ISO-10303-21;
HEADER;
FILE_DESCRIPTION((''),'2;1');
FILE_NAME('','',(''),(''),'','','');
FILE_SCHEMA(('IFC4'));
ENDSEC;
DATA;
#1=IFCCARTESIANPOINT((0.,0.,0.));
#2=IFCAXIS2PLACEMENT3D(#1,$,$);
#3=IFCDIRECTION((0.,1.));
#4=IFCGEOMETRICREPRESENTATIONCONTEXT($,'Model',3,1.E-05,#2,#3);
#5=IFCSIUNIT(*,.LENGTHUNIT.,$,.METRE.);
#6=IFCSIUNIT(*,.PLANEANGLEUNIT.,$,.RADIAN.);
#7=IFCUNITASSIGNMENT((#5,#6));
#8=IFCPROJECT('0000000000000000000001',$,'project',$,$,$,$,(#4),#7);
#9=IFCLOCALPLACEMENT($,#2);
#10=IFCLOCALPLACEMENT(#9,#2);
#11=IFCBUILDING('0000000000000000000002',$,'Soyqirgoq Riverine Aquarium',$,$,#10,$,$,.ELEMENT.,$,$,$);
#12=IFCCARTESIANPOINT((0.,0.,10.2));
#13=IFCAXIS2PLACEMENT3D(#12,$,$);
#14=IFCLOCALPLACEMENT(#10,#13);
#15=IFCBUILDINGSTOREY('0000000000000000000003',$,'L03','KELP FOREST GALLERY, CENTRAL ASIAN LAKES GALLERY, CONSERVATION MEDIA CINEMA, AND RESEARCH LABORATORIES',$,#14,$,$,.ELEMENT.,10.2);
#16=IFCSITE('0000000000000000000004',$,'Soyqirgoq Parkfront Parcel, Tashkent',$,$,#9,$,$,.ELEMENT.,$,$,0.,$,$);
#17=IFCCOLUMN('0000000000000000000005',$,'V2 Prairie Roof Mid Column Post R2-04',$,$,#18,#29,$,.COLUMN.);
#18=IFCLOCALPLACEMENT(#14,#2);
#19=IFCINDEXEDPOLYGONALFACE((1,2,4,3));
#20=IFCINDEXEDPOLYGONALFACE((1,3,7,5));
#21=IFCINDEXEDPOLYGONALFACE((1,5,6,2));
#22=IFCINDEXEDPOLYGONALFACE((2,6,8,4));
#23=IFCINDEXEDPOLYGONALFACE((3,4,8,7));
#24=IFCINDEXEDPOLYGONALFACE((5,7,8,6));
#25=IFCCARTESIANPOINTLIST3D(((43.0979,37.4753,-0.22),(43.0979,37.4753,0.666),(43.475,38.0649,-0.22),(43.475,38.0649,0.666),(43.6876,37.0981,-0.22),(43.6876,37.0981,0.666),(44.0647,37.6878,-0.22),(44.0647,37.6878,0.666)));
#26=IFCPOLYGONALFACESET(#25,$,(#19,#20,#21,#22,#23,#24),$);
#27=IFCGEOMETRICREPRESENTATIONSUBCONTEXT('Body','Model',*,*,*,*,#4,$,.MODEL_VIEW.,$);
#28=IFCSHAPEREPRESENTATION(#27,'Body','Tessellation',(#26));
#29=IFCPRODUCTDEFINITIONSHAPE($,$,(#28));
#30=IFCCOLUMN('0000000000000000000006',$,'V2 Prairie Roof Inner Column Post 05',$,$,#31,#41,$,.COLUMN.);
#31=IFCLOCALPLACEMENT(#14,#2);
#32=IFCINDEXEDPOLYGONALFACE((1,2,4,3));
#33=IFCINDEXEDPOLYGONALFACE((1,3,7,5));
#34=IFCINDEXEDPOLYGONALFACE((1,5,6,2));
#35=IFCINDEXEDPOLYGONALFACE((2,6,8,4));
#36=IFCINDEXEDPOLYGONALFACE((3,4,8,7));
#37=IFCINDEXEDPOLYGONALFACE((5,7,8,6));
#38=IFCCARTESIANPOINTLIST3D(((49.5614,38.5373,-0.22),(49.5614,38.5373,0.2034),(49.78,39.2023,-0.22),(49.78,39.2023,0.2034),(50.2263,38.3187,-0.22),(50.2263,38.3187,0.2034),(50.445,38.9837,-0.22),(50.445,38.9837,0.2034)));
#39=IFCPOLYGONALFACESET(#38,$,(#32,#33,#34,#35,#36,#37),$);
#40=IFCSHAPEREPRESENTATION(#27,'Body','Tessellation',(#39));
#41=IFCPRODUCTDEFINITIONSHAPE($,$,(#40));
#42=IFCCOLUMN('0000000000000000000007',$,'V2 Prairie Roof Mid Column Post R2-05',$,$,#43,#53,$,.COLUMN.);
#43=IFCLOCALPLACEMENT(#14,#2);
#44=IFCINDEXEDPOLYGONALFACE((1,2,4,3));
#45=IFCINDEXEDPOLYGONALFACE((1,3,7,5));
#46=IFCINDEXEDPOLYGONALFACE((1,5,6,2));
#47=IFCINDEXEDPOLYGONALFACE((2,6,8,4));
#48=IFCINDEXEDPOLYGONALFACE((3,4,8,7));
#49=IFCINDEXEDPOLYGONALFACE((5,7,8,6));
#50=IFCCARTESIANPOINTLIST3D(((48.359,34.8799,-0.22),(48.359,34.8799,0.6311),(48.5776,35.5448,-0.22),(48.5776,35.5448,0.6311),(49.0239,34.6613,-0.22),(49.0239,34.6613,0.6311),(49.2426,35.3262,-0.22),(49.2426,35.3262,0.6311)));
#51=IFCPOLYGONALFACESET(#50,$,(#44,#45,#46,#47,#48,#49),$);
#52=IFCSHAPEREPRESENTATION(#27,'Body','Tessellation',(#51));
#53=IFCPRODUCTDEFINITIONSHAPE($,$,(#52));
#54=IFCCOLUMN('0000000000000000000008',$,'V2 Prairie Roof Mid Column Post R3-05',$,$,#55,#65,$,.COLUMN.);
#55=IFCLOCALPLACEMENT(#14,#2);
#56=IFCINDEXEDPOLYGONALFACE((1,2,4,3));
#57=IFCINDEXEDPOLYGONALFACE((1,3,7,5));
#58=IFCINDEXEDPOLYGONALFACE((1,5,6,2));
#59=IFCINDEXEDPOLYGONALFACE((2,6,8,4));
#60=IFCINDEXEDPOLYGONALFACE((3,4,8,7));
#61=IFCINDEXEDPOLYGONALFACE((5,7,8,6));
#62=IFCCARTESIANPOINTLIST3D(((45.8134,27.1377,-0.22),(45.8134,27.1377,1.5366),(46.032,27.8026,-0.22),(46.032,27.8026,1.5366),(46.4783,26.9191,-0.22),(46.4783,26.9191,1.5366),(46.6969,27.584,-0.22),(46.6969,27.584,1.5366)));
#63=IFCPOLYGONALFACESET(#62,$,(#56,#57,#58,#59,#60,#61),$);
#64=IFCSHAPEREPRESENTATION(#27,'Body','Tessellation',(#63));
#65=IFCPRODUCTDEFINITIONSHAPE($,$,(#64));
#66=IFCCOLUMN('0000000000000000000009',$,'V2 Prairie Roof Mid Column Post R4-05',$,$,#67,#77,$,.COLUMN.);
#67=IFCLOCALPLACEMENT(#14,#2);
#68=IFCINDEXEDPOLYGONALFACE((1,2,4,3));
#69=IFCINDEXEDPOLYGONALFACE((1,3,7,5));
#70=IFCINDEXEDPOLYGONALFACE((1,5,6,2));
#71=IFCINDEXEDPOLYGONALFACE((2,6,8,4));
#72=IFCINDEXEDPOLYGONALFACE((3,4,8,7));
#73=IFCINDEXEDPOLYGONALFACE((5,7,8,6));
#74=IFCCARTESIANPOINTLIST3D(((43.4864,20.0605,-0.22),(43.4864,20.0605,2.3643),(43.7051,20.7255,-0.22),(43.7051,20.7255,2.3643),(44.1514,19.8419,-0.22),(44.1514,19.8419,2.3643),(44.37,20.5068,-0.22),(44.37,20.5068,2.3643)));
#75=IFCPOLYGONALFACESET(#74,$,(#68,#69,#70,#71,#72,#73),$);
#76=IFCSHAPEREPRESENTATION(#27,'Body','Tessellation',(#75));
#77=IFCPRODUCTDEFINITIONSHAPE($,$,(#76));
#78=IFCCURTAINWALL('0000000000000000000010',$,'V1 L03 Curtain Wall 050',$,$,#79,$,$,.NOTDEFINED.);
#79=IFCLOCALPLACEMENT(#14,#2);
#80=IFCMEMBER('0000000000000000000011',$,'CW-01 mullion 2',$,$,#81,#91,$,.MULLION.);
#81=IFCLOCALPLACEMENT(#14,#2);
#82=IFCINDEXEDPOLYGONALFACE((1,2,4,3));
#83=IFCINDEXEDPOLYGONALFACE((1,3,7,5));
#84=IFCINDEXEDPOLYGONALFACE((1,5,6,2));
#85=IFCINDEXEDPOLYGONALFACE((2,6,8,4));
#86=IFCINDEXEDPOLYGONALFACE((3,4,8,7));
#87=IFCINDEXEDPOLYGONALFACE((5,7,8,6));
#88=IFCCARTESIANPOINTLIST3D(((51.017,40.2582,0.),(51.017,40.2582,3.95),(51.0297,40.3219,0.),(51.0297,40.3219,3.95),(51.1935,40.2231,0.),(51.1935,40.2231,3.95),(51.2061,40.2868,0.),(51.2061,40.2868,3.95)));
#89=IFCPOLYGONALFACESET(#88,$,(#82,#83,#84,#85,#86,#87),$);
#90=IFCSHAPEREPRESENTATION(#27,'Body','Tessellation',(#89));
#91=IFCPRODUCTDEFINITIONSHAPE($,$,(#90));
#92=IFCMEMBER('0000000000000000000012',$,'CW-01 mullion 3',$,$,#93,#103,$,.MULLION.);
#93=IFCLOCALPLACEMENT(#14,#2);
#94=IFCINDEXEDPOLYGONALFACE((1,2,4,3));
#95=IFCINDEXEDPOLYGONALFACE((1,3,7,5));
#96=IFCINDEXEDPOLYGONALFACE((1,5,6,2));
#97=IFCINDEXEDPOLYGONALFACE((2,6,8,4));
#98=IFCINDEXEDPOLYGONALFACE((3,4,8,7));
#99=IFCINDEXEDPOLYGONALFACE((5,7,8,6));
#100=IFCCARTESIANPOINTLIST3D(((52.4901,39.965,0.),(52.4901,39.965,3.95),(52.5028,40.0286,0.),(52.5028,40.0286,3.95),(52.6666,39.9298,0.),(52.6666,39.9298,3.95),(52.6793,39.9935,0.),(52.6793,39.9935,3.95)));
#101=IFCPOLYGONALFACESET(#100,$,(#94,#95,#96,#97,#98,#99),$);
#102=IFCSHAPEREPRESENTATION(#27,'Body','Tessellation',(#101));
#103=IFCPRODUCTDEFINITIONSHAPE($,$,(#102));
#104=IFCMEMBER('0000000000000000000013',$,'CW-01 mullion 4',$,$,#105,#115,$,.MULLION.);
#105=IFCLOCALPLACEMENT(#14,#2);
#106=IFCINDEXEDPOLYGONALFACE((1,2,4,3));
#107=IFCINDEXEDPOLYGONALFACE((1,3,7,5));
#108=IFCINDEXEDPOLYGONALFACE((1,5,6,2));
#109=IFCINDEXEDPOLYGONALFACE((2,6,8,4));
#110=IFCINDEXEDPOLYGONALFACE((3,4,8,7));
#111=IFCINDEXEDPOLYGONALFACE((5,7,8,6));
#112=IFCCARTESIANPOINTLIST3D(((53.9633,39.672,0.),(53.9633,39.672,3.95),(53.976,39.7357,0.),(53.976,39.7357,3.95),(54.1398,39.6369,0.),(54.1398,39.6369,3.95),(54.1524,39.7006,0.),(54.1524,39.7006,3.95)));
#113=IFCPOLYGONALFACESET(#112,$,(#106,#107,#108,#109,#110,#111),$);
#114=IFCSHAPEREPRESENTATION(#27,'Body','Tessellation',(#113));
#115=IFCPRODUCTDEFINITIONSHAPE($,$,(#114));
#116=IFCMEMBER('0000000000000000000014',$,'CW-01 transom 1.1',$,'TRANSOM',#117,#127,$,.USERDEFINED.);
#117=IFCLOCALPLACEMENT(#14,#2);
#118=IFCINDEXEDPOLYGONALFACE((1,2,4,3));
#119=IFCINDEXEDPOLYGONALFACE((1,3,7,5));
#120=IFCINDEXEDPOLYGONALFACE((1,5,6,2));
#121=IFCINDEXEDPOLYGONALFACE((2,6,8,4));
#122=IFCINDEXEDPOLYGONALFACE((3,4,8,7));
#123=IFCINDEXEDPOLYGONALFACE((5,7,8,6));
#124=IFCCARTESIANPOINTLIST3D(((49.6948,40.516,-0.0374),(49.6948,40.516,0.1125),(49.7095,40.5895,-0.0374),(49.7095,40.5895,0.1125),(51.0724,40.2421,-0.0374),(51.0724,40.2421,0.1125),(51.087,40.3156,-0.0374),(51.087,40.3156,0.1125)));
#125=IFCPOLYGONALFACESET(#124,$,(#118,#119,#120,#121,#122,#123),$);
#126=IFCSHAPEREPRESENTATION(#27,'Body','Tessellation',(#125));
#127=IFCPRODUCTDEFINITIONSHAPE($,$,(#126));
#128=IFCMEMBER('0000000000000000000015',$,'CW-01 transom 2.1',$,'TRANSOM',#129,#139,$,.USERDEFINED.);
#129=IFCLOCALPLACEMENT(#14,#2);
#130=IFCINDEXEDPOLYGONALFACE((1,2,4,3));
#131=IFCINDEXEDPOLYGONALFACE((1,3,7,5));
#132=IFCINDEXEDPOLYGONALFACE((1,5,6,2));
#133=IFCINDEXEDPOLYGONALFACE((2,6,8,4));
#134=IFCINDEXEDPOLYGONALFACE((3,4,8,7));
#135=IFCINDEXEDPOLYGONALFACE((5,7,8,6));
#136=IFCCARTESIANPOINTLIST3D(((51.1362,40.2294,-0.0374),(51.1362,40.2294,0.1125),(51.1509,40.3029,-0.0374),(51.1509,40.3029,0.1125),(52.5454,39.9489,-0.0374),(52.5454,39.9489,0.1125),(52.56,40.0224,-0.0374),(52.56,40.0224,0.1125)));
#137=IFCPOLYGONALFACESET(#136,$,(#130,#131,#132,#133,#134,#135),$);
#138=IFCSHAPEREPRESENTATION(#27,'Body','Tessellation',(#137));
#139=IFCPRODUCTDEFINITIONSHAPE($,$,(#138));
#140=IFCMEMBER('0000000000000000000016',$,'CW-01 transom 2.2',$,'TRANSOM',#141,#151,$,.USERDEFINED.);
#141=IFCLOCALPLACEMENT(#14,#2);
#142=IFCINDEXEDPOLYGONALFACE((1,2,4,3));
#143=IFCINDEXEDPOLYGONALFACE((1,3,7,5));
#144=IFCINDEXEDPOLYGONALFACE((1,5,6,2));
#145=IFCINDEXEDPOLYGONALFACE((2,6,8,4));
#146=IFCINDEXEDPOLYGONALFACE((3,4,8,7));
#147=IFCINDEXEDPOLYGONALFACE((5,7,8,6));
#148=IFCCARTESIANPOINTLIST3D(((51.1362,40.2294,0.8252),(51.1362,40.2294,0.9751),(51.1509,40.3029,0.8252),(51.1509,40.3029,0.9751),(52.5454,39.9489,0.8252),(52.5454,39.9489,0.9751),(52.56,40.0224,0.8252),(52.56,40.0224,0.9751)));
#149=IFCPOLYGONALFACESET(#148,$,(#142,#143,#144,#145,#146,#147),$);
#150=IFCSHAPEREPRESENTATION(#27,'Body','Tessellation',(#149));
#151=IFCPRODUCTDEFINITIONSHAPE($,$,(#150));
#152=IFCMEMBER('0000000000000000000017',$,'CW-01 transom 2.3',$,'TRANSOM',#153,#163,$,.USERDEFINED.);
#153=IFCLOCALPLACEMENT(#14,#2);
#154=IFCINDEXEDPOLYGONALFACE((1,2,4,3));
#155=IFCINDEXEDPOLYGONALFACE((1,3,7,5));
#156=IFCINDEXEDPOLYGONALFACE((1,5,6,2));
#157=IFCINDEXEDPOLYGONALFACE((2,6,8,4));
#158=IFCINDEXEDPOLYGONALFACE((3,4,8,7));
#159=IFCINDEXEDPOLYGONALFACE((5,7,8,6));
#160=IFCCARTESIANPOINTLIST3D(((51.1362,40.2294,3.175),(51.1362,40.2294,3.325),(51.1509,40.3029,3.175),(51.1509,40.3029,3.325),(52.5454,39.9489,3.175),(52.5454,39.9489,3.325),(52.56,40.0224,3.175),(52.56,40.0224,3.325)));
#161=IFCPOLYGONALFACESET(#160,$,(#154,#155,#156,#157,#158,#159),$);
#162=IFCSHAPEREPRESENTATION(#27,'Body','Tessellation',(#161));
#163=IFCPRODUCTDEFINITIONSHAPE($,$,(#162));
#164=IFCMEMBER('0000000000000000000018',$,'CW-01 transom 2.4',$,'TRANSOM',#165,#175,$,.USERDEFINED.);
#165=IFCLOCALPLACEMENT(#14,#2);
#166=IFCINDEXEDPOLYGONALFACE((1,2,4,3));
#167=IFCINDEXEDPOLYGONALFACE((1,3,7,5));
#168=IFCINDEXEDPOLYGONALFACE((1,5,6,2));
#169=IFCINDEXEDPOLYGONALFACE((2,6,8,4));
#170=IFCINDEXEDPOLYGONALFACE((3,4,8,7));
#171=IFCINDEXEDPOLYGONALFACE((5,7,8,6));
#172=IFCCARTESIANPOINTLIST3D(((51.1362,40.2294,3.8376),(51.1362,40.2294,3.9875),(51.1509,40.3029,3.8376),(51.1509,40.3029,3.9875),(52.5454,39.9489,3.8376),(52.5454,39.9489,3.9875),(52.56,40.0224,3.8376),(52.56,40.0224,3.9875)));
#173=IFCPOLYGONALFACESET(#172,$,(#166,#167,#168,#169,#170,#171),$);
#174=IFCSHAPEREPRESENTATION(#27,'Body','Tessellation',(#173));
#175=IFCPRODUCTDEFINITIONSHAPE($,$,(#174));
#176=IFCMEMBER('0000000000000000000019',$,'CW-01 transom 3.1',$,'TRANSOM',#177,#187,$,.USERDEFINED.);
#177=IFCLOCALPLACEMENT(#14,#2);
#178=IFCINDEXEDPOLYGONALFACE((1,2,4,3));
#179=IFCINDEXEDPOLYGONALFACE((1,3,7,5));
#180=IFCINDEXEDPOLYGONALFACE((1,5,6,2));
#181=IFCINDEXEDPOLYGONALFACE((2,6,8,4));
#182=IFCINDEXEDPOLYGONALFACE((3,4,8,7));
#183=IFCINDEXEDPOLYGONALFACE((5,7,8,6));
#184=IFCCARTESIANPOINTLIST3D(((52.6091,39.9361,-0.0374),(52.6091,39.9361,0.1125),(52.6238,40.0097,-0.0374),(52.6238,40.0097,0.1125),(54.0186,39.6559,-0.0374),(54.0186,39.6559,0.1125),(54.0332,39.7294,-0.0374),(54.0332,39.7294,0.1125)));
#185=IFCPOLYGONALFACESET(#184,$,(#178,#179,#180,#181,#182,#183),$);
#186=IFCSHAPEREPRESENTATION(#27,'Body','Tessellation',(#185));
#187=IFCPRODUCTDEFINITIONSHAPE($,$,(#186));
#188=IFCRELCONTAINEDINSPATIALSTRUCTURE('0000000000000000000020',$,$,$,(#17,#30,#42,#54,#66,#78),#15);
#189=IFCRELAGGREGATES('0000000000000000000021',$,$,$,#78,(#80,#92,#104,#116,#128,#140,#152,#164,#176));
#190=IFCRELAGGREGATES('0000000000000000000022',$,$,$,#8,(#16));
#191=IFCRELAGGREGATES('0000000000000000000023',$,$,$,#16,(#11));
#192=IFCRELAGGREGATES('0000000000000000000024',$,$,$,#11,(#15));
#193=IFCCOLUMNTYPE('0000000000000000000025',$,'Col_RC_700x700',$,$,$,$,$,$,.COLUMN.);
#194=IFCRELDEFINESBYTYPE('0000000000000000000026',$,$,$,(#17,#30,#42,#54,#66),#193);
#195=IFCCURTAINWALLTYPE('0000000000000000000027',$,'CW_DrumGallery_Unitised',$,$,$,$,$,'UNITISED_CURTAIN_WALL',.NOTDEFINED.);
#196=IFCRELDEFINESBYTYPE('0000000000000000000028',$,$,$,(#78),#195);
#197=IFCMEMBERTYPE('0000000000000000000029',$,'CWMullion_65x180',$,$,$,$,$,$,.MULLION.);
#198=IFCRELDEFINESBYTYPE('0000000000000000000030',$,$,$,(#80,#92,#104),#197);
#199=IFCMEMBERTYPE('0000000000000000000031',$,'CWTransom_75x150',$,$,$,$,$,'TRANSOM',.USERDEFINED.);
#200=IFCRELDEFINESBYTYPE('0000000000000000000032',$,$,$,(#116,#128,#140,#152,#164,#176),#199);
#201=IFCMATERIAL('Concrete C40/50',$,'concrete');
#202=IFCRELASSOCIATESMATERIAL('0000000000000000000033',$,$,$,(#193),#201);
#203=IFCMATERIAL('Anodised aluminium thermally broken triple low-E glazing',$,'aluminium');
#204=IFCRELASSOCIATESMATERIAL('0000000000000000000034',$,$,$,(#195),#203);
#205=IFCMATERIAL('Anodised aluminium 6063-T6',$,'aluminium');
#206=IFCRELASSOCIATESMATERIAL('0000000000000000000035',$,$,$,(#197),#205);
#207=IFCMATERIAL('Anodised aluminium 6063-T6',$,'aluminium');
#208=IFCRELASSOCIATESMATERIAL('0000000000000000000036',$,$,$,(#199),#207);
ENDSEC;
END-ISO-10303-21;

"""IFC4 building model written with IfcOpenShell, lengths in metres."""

from ifc_helpers import new_model, si_unit, direction, frame, origin, origin_2d, place, context, subcontext, project, spatial, rectangle, extrude, material, material_profile, profile_set, type_object, element, aggregate, save


model = new_model("IFC4")

# Units and contexts
model_context = context("Model", 3, precision=1e-05, world=origin(), true_north=direction((0.0, 1.0)))
body_context = subcontext(model_context, "Body", "Model", "MODEL_VIEW")
ifc_project = project(units=[si_unit("LENGTHUNIT", "METRE"), si_unit("PLANEANGLEUNIT", "RADIAN")], contexts=[model_context])

# Site, building, storey
site_placement = place(None, origin())
site = spatial("IfcSite", under=ifc_project, at=site_placement, Name="Soyqirgoq Parkfront Parcel, Tashkent", CompositionType="ELEMENT", RefElevation=0.0)
building_placement = place(site_placement, origin())
building = spatial("IfcBuilding", under=site, at=building_placement, Name="Soyqirgoq Riverine Aquarium", CompositionType="ELEMENT")
storey_placement = place(building_placement, frame((0.0, 0.0, 10.2)))
storey = spatial("IfcBuildingStorey", under=building, at=storey_placement, Name="L03", Description="KELP FOREST GALLERY, CENTRAL ASIAN LAKES GALLERY, CONSERVATION MEDIA CINEMA, AND RESEARCH LABORATORIES", CompositionType="ELEMENT", Elevation=10.2)

# Columns
ifc_material_1 = material(Name="Concrete C40/50", Category="concrete")
ifc_material_profile_1 = material_profile(ifc_material_1, rectangle(XDim=0.7, YDim=0.7, at=origin_2d()), Name="RC 700x700")
ifc_profile_set_1 = profile_set([ifc_material_profile_1], Name="Concrete C40/50")
column_type = type_object("IfcColumnType", Name="Col_RC_700x700", PredefinedType="COLUMN", material=ifc_profile_set_1)
column_1_placement = place(storey_placement, frame((43.5813, 37.5815, -0.22), z_axis=(0.0, 0.0, 1.0), x_axis=(-0.538771, -0.842452, 0.0)))
element("IfcColumn", 1, at=column_1_placement, inside=storey, type_object=column_type, Name="V2 Prairie Roof Mid Column Post R2-04", PredefinedType="COLUMN", context=body_context, shape_type="SweptSolid", body=[
    extrude(rectangle(XDim=0.7, YDim=0.7, at=origin_2d()), origin(), (0.0, 0.0, 1.0), 0.886),
])
column_2_placement = place(storey_placement, frame((50.0032, 38.7605, -0.22), z_axis=(0.0, 0.0, 1.0), x_axis=(-0.312335, -0.949972, 0.0)))
element("IfcColumn", 2, at=column_2_placement, inside=storey, type_object=column_type, Name="V2 Prairie Roof Inner Column Post 05", PredefinedType="COLUMN", context=body_context, shape_type="SweptSolid", body=[
    extrude(rectangle(XDim=0.7, YDim=0.7, at=origin_2d()), origin(), (0.0, 0.0, 1.0), 0.4233),
])
column_3_placement = place(storey_placement, frame((48.8008, 35.103, -0.22), z_axis=(0.0, 0.0, 1.0), x_axis=(-0.312335, -0.949972, 0.0)))
element("IfcColumn", 3, at=column_3_placement, inside=storey, type_object=column_type, Name="V2 Prairie Roof Mid Column Post R2-05", PredefinedType="COLUMN", context=body_context, shape_type="SweptSolid", body=[
    extrude(rectangle(XDim=0.7, YDim=0.7, at=origin_2d()), origin(), (0.0, 0.0, 1.0), 0.8511),
])
column_4_placement = place(storey_placement, frame((46.2551, 27.3608, -0.22), z_axis=(0.0, 0.0, 1.0), x_axis=(-0.312335, -0.949972, 0.0)))
element("IfcColumn", 4, at=column_4_placement, inside=storey, type_object=column_type, Name="V2 Prairie Roof Mid Column Post R3-05", PredefinedType="COLUMN", context=body_context, shape_type="SweptSolid", body=[
    extrude(rectangle(XDim=0.7, YDim=0.7, at=origin_2d()), origin(), (0.0, 0.0, 1.0), 1.7566),
])
column_5_placement = place(storey_placement, frame((43.9282, 20.2837, -0.22), z_axis=(0.0, 0.0, 1.0), x_axis=(-0.312335, -0.949972, 0.0)))
element("IfcColumn", 5, at=column_5_placement, inside=storey, type_object=column_type, Name="V2 Prairie Roof Mid Column Post R4-05", PredefinedType="COLUMN", context=body_context, shape_type="SweptSolid", body=[
    extrude(rectangle(XDim=0.7, YDim=0.7, at=origin_2d()), origin(), (0.0, 0.0, 1.0), 2.5842),
])

# Curtain wall, members
ifc_material_2 = material(Name="Anodised aluminium thermally broken triple low-E glazing", Category="aluminium")
curtain_wall_type = type_object("IfcCurtainWallType", Name="CW_DrumGallery_Unitised", ElementType="UNITISED_CURTAIN_WALL", PredefinedType="NOTDEFINED", material=ifc_material_2)
curtain_wall_placement = place(storey_placement, origin())
curtain_wall = element("IfcCurtainWall", 6, at=curtain_wall_placement, inside=storey, type_object=curtain_wall_type, Name="V1 L03 Curtain Wall 050", PredefinedType="NOTDEFINED")
ifc_material_3 = material(Name="Anodised aluminium 6063-T6", Category="aluminium")
ifc_material_profile_2 = material_profile(ifc_material_3, rectangle(XDim=0.0649, YDim=0.1799, at=origin_2d()), Name="ALU-M 65x180")
ifc_profile_set_2 = profile_set([ifc_material_profile_2], Name="Anodised aluminium 6063-T6")
member_type_1 = type_object("IfcMemberType", Name="CWMullion_65x180", PredefinedType="MULLION", material=ifc_profile_set_2)
member_1_placement = place(storey_placement, frame((51.1116, 40.2725, 0.0), z_axis=(0.0, 0.0, 1.0), x_axis=(0.195095, 0.980784, 0.0)))
member_1 = element("IfcMember", 7, at=member_1_placement, type_object=member_type_1, Name="CW-01 mullion 2", PredefinedType="MULLION", context=body_context, shape_type="SweptSolid", body=[
    extrude(rectangle(XDim=0.0649, YDim=0.1799, at=origin_2d()), origin(), (0.0, 0.0, 1.0), 3.95),
])
member_2_placement = place(storey_placement, frame((52.5847, 39.9792, 0.0), z_axis=(0.0, 0.0, 1.0), x_axis=(0.195095, 0.980784, 0.0)))
member_2 = element("IfcMember", 8, at=member_2_placement, type_object=member_type_1, Name="CW-01 mullion 3", PredefinedType="MULLION", context=body_context, shape_type="SweptSolid", body=[
    extrude(rectangle(XDim=0.0649, YDim=0.1799, at=origin_2d()), origin(), (0.0, 0.0, 1.0), 3.95),
])
member_3_placement = place(storey_placement, frame((54.0579, 39.6863, 0.0), z_axis=(0.0, 0.0, 1.0), x_axis=(0.195095, 0.980784, 0.0)))
member_3 = element("IfcMember", 9, at=member_3_placement, type_object=member_type_1, Name="CW-01 mullion 4", PredefinedType="MULLION", context=body_context, shape_type="SweptSolid", body=[
    extrude(rectangle(XDim=0.0649, YDim=0.1799, at=origin_2d()), origin(), (0.0, 0.0, 1.0), 3.95),
])
ifc_material_4 = material(Name="Anodised aluminium 6063-T6", Category="aluminium")
ifc_material_profile_3 = material_profile(ifc_material_4, rectangle(XDim=0.075, YDim=0.1499, at=origin_2d()), Name="ALU-T 75x150")
ifc_profile_set_3 = profile_set([ifc_material_profile_3], Name="Anodised aluminium 6063-T6")
member_type_2 = type_object("IfcMemberType", Name="CWTransom_75x150", ElementType="TRANSOM", PredefinedType="USERDEFINED", material=ifc_profile_set_3)
member_4_placement = place(storey_placement, frame((49.7021, 40.5527, 0.0376), z_axis=(0.980801, -0.195013, 0.0), x_axis=(0.195013, 0.980801, 0.0)))
member_4 = element("IfcMember", 10, at=member_4_placement, type_object=member_type_2, Name="CW-01 transom 1.1", ObjectType="TRANSOM", PredefinedType="USERDEFINED", context=body_context, shape_type="SweptSolid", body=[
    extrude(rectangle(XDim=0.075, YDim=0.1499, at=origin_2d()), origin(), (0.0, 0.0, 1.0), 1.4045),
])
member_5_placement = place(storey_placement, frame((51.1436, 40.2661, 0.0376), z_axis=(0.980757, -0.195234, 0.0), x_axis=(0.195234, 0.980757, 0.0)))
member_5 = element("IfcMember", 11, at=member_5_placement, type_object=member_type_2, Name="CW-01 transom 2.1", ObjectType="TRANSOM", PredefinedType="USERDEFINED", context=body_context, shape_type="SweptSolid", body=[
    extrude(rectangle(XDim=0.075, YDim=0.1499, at=origin_2d()), origin(), (0.0, 0.0, 1.0), 1.4368),
])
member_6_placement = place(storey_placement, frame((51.1436, 40.2661, 0.9001), z_axis=(0.980757, -0.195234, 0.0), x_axis=(0.195234, 0.980757, 0.0)))
member_6 = element("IfcMember", 12, at=member_6_placement, type_object=member_type_2, Name="CW-01 transom 2.2", ObjectType="TRANSOM", PredefinedType="USERDEFINED", context=body_context, shape_type="SweptSolid", body=[
    extrude(rectangle(XDim=0.075, YDim=0.1499, at=origin_2d()), origin(), (0.0, 0.0, 1.0), 1.4368),
])
member_7_placement = place(storey_placement, frame((51.1436, 40.2661, 3.25), z_axis=(0.980757, -0.195234, 0.0), x_axis=(0.195234, 0.980757, 0.0)))
member_7 = element("IfcMember", 13, at=member_7_placement, type_object=member_type_2, Name="CW-01 transom 2.3", ObjectType="TRANSOM", PredefinedType="USERDEFINED", context=body_context, shape_type="SweptSolid", body=[
    extrude(rectangle(XDim=0.075, YDim=0.1499, at=origin_2d()), origin(), (0.0, 0.0, 1.0), 1.4368),
])
member_8_placement = place(storey_placement, frame((51.1436, 40.2661, 3.9126), z_axis=(0.980757, -0.195234, 0.0), x_axis=(0.195234, 0.980757, 0.0)))
member_8 = element("IfcMember", 14, at=member_8_placement, type_object=member_type_2, Name="CW-01 transom 2.4", ObjectType="TRANSOM", PredefinedType="USERDEFINED", context=body_context, shape_type="SweptSolid", body=[
    extrude(rectangle(XDim=0.075, YDim=0.1499, at=origin_2d()), origin(), (0.0, 0.0, 1.0), 1.4368),
])
member_9_placement = place(storey_placement, frame((52.6165, 39.9729, 0.0376), z_axis=(0.980796, -0.195038, 0.0), x_axis=(0.195038, 0.980796, 0.0)))
member_9 = element("IfcMember", 15, at=member_9_placement, type_object=member_type_2, Name="CW-01 transom 3.1", ObjectType="TRANSOM", PredefinedType="USERDEFINED", context=body_context, shape_type="SweptSolid", body=[
    extrude(rectangle(XDim=0.075, YDim=0.1499, at=origin_2d()), origin(), (0.0, 0.0, 1.0), 1.437),
])

aggregate(curtain_wall, [member_1, member_2, member_3, member_4, member_5, member_6, member_7, member_8, member_9])

save(model, "model.ifc")
